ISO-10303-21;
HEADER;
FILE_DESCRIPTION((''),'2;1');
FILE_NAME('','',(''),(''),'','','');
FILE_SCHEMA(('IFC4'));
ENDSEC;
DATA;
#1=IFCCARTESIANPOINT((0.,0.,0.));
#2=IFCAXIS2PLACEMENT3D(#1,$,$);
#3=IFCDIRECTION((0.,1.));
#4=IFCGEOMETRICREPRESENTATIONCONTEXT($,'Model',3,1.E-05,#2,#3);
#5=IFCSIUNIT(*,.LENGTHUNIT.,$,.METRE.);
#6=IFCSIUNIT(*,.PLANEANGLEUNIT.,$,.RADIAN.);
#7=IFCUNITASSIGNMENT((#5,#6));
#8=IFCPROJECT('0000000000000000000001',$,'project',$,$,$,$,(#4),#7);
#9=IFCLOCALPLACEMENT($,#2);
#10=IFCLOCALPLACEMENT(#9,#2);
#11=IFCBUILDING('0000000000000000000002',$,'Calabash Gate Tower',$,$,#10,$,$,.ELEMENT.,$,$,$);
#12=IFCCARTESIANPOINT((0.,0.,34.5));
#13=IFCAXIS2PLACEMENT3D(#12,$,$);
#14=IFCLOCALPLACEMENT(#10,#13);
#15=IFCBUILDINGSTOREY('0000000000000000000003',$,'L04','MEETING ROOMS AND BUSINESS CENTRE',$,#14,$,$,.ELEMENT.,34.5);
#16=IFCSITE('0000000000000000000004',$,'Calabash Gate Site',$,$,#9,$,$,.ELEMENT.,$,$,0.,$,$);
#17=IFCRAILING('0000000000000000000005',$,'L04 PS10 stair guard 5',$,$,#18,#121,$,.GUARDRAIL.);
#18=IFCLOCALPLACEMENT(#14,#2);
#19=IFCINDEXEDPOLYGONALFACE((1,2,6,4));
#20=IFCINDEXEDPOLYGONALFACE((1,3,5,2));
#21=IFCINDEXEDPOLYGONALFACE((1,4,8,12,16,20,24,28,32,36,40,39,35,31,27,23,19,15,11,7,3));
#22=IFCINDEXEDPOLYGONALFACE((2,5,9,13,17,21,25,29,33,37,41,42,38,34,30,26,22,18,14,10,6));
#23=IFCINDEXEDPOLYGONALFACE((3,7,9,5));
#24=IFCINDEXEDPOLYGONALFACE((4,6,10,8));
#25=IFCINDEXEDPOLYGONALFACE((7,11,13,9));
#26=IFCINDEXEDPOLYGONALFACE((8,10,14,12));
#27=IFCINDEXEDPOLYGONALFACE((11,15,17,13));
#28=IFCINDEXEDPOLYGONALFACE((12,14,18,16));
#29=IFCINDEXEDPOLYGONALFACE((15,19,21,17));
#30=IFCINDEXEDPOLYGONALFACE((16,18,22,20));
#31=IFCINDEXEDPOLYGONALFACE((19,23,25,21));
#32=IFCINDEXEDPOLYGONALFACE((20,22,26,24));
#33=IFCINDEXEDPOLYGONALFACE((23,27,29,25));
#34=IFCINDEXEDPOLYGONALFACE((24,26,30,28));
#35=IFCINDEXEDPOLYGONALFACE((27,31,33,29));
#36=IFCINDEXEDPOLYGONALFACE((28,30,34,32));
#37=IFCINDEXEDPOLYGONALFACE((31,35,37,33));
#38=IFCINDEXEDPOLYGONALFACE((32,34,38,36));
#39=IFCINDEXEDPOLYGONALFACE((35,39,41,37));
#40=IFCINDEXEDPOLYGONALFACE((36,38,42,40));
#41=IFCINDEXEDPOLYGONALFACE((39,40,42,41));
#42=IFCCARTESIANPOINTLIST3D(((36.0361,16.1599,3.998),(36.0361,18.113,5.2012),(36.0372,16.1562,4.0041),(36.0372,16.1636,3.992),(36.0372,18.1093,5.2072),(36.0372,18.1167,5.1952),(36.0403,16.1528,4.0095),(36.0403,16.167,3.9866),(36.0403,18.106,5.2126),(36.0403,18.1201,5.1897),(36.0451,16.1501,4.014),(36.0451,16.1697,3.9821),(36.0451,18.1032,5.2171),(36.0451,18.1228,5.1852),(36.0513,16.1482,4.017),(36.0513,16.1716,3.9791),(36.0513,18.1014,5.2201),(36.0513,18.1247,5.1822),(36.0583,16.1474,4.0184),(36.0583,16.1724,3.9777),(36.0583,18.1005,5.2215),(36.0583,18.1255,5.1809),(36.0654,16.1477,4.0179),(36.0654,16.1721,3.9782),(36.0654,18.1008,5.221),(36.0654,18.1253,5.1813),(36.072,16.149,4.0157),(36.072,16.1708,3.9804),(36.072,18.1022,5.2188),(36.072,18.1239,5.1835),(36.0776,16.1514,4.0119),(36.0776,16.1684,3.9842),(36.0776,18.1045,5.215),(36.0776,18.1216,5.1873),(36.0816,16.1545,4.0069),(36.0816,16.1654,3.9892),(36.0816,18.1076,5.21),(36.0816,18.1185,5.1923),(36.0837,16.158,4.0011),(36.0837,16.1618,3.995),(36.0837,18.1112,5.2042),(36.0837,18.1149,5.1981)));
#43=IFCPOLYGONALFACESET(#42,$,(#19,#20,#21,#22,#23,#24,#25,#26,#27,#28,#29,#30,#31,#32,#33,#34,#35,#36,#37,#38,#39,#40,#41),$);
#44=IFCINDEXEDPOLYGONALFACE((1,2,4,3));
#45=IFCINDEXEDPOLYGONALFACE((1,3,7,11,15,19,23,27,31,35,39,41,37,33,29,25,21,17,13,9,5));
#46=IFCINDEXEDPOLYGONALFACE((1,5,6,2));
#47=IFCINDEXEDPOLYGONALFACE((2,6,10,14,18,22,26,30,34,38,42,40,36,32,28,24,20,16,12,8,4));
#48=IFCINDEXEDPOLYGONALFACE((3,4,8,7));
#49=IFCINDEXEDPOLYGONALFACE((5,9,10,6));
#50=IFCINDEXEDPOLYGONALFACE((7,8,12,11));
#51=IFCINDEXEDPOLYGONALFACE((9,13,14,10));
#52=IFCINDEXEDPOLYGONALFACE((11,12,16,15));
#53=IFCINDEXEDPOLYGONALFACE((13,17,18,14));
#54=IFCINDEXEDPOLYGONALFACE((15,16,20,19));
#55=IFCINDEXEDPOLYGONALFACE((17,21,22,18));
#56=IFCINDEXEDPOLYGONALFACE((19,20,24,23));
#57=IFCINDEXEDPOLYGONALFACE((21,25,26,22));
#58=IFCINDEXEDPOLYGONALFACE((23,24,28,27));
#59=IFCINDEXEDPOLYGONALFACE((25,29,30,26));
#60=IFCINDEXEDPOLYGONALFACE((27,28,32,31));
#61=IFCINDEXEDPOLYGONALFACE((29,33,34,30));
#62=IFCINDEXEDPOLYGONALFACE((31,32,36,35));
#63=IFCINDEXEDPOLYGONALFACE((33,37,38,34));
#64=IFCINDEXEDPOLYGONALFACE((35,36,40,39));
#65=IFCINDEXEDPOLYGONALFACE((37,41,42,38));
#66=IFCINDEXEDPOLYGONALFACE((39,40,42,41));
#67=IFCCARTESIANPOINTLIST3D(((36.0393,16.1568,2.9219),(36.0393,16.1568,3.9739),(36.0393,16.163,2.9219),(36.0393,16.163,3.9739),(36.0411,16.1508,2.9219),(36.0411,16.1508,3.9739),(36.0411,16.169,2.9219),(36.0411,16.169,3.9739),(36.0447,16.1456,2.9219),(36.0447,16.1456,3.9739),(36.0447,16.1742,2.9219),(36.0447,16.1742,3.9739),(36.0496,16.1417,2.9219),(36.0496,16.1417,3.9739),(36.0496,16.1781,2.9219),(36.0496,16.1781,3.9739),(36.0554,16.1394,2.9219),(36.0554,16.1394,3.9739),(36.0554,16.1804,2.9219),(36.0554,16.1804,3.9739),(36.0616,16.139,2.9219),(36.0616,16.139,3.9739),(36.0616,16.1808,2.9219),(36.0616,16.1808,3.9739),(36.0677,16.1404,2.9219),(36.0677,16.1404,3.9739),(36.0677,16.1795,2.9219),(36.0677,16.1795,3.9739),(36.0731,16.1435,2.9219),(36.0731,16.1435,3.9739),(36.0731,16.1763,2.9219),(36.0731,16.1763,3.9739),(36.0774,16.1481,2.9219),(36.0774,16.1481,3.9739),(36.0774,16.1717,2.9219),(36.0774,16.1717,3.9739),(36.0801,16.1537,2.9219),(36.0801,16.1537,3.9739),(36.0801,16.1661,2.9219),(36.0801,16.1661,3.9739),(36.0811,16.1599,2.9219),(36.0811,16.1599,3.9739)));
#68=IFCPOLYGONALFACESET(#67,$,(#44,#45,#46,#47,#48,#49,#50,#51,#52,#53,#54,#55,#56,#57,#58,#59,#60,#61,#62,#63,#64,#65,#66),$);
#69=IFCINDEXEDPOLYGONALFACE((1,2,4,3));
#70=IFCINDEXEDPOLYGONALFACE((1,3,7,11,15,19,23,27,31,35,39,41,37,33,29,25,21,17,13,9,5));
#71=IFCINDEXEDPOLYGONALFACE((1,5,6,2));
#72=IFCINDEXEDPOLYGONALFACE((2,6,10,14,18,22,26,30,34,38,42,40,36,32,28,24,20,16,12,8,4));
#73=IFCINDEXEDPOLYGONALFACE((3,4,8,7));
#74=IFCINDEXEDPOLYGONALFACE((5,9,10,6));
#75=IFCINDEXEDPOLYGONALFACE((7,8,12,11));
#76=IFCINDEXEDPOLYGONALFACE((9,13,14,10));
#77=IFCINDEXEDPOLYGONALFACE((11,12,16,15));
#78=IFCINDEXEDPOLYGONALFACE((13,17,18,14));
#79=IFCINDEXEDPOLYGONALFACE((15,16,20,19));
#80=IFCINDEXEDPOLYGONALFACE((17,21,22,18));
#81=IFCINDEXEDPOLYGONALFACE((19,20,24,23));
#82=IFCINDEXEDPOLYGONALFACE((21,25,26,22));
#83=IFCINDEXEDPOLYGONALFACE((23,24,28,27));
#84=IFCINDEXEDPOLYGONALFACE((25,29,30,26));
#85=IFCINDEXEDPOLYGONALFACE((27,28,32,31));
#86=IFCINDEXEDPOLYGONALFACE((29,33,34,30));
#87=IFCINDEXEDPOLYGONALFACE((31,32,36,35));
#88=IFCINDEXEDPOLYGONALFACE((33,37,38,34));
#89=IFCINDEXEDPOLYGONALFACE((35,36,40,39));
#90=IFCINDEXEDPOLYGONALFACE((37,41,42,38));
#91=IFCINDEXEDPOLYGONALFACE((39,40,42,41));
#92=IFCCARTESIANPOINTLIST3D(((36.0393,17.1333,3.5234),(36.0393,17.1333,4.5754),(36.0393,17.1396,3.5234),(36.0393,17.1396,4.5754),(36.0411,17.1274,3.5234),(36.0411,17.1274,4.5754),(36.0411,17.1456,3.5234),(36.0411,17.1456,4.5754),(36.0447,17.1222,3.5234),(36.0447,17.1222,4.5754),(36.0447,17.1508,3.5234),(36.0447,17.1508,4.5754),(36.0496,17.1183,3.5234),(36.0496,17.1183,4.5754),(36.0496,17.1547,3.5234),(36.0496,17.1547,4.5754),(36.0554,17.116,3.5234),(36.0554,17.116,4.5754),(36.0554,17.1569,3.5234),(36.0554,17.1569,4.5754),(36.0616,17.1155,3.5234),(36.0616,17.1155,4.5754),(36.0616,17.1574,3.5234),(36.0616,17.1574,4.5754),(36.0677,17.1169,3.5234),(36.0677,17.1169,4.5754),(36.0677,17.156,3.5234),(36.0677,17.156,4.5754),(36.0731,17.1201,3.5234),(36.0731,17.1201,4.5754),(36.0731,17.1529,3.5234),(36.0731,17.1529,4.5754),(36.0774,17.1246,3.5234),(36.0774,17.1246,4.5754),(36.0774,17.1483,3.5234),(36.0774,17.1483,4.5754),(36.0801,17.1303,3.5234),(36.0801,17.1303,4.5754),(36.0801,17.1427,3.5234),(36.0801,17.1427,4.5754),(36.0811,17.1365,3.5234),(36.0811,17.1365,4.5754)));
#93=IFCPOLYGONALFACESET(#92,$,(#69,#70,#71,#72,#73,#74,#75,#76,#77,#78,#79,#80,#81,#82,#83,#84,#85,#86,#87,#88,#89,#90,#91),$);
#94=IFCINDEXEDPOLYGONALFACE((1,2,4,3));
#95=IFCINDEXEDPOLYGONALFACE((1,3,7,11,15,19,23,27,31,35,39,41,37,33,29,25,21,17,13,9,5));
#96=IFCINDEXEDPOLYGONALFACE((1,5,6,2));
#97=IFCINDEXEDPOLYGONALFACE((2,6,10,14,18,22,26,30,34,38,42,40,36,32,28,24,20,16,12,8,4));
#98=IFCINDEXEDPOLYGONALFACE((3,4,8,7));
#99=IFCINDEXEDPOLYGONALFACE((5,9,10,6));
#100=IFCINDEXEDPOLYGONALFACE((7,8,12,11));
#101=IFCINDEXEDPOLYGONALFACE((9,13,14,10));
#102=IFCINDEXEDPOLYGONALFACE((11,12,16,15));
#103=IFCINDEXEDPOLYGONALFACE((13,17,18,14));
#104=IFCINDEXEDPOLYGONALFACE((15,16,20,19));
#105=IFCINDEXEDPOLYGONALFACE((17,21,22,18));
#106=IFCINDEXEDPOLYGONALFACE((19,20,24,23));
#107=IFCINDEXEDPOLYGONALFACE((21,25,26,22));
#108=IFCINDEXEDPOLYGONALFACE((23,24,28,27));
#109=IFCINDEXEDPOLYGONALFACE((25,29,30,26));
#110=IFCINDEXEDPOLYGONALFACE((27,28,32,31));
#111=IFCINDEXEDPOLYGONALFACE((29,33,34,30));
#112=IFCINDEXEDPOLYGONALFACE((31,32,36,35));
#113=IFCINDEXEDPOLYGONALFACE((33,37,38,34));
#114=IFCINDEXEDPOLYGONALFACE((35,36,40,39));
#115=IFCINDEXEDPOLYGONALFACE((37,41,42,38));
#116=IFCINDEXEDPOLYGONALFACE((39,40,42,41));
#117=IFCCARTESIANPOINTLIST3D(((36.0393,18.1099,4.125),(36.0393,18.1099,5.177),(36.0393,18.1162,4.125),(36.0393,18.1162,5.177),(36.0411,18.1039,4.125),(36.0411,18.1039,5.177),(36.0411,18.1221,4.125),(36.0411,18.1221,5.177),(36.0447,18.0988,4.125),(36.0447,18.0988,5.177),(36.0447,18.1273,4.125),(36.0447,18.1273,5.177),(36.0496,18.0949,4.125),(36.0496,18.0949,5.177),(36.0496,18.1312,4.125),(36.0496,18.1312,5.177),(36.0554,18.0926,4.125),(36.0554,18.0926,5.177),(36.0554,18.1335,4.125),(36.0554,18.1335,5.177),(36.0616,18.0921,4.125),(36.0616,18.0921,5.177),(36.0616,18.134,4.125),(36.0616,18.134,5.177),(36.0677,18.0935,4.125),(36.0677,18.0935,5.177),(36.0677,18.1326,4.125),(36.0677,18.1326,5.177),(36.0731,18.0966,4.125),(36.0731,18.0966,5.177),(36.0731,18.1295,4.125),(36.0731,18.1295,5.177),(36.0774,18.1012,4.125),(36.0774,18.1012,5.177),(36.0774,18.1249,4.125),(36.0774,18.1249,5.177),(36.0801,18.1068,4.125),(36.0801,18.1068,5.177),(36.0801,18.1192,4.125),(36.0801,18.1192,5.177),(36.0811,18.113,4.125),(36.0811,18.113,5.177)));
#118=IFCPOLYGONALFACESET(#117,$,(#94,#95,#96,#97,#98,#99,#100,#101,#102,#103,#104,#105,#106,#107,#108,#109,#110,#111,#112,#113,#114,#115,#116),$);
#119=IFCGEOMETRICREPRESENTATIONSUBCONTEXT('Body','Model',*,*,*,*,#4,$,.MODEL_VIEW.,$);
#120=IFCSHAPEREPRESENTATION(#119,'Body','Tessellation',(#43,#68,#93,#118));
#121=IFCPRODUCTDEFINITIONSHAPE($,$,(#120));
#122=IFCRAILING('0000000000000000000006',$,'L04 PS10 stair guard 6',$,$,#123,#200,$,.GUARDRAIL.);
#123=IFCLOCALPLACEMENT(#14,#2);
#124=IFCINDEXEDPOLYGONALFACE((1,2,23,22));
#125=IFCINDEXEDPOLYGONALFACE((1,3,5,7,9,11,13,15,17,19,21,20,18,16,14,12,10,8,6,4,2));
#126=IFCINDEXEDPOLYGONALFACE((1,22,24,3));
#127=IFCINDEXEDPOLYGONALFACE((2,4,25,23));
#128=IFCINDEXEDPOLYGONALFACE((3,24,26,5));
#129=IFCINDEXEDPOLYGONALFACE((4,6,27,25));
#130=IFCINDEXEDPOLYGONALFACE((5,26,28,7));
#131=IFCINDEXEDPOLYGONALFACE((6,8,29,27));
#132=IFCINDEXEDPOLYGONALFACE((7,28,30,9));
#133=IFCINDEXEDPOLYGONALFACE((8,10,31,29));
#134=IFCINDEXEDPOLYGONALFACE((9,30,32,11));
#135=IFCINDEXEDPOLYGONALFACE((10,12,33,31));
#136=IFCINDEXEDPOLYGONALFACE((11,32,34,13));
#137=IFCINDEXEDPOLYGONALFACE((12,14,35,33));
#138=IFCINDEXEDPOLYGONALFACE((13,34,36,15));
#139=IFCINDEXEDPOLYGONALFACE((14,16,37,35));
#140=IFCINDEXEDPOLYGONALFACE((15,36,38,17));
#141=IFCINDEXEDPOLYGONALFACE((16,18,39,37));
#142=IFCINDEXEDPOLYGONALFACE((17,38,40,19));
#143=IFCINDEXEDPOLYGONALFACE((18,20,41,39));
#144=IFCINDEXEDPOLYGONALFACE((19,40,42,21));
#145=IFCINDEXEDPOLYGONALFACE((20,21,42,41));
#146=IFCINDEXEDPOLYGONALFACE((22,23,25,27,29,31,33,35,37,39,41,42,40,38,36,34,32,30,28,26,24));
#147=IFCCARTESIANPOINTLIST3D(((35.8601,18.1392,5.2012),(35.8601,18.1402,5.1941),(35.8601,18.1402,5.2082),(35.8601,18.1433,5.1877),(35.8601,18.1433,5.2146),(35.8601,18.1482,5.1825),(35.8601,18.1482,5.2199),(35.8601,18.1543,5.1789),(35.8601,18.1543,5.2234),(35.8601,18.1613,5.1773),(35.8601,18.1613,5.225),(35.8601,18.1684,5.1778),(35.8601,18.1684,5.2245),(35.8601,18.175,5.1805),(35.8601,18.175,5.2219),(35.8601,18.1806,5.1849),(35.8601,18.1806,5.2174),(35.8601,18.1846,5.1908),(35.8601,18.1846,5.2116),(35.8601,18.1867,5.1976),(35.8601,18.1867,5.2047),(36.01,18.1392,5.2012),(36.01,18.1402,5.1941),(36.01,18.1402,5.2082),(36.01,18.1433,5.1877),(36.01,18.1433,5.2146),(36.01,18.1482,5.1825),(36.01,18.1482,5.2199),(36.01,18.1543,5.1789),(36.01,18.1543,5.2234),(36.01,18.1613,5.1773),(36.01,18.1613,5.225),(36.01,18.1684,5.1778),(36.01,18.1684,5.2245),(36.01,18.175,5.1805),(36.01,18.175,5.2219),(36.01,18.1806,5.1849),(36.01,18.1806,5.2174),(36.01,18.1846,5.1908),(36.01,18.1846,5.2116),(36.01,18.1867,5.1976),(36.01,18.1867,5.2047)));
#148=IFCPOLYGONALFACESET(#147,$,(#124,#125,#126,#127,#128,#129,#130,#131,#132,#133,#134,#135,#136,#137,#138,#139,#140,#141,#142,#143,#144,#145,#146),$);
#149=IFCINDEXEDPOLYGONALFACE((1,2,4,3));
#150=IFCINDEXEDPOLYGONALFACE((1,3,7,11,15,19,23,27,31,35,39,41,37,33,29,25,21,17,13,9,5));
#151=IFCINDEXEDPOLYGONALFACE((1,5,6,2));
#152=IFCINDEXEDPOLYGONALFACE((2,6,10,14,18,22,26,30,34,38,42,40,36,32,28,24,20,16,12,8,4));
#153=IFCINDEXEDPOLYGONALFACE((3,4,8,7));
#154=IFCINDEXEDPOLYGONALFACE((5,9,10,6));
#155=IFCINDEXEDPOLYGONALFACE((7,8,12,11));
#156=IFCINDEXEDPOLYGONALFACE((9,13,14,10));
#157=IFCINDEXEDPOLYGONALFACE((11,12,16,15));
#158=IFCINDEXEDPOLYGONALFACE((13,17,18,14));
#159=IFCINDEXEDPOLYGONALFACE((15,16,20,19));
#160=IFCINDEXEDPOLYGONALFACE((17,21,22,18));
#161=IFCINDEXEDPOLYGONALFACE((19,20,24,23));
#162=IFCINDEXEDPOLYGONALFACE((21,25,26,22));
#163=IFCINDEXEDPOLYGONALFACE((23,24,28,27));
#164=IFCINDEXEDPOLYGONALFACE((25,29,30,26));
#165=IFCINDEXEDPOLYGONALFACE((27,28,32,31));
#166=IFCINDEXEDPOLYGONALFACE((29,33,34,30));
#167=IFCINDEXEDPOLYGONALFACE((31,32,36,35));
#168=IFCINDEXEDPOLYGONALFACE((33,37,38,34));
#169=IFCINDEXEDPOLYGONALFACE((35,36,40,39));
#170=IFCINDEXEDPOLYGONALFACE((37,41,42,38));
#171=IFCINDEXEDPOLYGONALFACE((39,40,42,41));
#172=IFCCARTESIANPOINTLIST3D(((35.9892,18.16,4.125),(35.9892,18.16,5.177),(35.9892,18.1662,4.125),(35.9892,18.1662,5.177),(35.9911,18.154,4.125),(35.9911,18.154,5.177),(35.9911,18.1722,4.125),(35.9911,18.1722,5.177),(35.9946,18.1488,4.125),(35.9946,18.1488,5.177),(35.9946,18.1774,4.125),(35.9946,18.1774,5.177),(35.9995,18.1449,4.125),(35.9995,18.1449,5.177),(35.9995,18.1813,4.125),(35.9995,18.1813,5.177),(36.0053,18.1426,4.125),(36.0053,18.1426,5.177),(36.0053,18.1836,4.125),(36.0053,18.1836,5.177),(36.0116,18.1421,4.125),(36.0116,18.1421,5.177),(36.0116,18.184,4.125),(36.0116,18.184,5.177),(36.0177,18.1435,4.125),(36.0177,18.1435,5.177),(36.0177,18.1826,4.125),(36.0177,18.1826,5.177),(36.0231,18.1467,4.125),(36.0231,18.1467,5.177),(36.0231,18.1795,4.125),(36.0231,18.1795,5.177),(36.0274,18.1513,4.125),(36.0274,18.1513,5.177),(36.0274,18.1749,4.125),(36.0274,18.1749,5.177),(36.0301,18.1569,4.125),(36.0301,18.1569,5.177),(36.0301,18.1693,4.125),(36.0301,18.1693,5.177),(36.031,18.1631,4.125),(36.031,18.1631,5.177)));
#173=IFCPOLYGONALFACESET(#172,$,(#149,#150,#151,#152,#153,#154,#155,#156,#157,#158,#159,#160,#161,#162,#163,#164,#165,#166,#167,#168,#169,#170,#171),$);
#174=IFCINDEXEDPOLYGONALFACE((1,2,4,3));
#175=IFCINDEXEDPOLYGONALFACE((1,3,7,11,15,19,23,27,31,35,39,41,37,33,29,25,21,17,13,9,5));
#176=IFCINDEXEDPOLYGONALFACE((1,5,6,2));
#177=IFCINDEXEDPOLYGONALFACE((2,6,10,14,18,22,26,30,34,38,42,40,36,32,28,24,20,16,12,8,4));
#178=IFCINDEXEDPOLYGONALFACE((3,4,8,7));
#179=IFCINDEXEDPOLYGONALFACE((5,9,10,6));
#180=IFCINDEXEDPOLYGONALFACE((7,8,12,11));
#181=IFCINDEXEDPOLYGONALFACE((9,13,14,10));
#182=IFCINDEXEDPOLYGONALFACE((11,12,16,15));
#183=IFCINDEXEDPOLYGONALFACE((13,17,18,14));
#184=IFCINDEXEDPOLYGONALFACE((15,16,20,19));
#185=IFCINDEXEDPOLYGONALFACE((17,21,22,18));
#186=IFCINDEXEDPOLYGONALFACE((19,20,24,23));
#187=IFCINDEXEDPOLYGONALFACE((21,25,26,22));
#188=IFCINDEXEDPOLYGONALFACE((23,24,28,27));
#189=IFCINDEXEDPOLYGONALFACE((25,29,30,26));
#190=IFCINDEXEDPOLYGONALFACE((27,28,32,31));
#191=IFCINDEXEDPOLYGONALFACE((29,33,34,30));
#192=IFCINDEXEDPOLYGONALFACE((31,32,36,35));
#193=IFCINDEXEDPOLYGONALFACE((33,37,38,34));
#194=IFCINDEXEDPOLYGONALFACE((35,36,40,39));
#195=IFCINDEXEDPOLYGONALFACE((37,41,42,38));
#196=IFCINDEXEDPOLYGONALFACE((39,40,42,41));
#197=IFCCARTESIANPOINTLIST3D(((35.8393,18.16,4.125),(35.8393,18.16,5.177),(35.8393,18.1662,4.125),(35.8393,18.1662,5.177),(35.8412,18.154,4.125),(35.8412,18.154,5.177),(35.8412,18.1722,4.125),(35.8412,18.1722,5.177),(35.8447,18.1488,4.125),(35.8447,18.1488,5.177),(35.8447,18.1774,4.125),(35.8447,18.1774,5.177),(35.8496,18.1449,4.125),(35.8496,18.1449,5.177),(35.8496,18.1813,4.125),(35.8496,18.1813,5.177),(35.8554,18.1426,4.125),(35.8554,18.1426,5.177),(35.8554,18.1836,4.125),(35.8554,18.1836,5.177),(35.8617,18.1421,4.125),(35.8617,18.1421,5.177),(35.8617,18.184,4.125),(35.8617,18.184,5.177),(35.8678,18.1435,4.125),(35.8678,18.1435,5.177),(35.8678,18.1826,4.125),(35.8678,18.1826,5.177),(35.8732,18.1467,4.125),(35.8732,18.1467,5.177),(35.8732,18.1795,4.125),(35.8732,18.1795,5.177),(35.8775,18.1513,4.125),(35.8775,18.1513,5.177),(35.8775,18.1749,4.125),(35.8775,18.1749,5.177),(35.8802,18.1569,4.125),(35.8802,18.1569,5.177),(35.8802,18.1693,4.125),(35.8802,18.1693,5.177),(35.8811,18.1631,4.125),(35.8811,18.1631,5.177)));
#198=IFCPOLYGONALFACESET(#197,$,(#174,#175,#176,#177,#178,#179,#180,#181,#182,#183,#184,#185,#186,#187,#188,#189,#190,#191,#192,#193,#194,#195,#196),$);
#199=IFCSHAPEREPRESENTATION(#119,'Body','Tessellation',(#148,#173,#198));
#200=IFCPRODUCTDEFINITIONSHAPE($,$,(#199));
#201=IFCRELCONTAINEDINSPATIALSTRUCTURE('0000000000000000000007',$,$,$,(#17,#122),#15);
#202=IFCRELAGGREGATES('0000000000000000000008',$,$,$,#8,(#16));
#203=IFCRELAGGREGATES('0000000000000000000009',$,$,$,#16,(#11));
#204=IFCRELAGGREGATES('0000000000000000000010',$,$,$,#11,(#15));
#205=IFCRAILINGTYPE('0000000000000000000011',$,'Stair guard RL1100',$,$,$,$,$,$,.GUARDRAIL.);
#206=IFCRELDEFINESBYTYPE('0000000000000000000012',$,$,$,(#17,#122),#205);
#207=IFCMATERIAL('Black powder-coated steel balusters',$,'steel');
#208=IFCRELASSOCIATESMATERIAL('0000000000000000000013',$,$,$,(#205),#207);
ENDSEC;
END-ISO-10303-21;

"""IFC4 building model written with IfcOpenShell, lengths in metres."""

from ifc_helpers import new_model, si_unit, direction, frame, origin, origin_2d, place, context, subcontext, project, spatial, circle, extrude, material, type_object, element, save


model = new_model("IFC4")

# Units and contexts
model_context = context("Model", 3, precision=1e-05, world=origin(), true_north=direction((0.0, 1.0)))
body_context = subcontext(model_context, "Body", "Model", "MODEL_VIEW")
ifc_project = project(units=[si_unit("LENGTHUNIT", "METRE"), si_unit("PLANEANGLEUNIT", "RADIAN")], contexts=[model_context])

# Site, building, storey
site_placement = place(None, origin())
site = spatial("IfcSite", under=ifc_project, at=site_placement, Name="Calabash Gate Site", CompositionType="ELEMENT", RefElevation=0.0)
building_placement = place(site_placement, origin())
building = spatial("IfcBuilding", under=site, at=building_placement, Name="Calabash Gate Tower", CompositionType="ELEMENT")
storey_placement = place(building_placement, frame((0.0, 0.0, 34.5)))
storey = spatial("IfcBuildingStorey", under=building, at=storey_placement, Name="L04", Description="MEETING ROOMS AND BUSINESS CENTRE", CompositionType="ELEMENT", Elevation=34.5)

# Railings
ifc_material_1 = material(Name="Black powder-coated steel balusters", Category="steel")
railing_type_1 = type_object("IfcRailingType", Name="Stair guard RL1100", PredefinedType="GUARDRAIL", material=ifc_material_1)
railing_1_placement = place(storey_placement, frame((36.0601, 16.1599, 2.9219)))
element("IfcRailing", 1, at=railing_1_placement, inside=storey, type_object=railing_type_1, Name="L04 PS10 stair guard 5", PredefinedType="GUARDRAIL", context=body_context, shape_type="SweptSolid", body=[
    extrude(circle(Radius=0.0239, at=origin_2d()), frame((0.0, 0.0, 1.0762), z_axis=(0.0, 0.851424, 0.524477), x_axis=(-1.0, 0.0, 0.0)), (0.0, 0.0, 1.0), 2.2939),
    extrude(circle(Radius=0.021, at=origin_2d()), origin(), (0.0, 0.0, 1.0), 1.052),
    extrude(circle(Radius=0.021, at=origin_2d()), frame((0.0, 0.9766, 0.6016)), (0.0, 0.0, 1.0), 1.052),
    extrude(circle(Radius=0.021, at=origin_2d()), frame((0.0, 1.9531, 1.2031)), (0.0, 0.0, 1.0), 1.052),
])
railing_2_placement = place(storey_placement, frame((36.01, 18.1631, 4.125)))
element("IfcRailing", 2, at=railing_2_placement, inside=storey, type_object=railing_type_1, Name="L04 PS10 stair guard 6", PredefinedType="GUARDRAIL", context=body_context, shape_type="SweptSolid", body=[
    extrude(circle(Radius=0.0239, at=origin_2d()), frame((0.0, 0.0, 1.0762), z_axis=(-1.0, 0.0, 0.0), x_axis=(0.0, -1.0, 0.0)), (0.0, 0.0, 1.0), 0.1499),
    extrude(circle(Radius=0.021, at=origin_2d()), origin(), (0.0, 0.0, 1.0), 1.052),
    extrude(circle(Radius=0.021, at=origin_2d()), frame((-0.1499, 0.0, 0.0)), (0.0, 0.0, 1.0), 1.052),
])

save(model, "model.ifc")
